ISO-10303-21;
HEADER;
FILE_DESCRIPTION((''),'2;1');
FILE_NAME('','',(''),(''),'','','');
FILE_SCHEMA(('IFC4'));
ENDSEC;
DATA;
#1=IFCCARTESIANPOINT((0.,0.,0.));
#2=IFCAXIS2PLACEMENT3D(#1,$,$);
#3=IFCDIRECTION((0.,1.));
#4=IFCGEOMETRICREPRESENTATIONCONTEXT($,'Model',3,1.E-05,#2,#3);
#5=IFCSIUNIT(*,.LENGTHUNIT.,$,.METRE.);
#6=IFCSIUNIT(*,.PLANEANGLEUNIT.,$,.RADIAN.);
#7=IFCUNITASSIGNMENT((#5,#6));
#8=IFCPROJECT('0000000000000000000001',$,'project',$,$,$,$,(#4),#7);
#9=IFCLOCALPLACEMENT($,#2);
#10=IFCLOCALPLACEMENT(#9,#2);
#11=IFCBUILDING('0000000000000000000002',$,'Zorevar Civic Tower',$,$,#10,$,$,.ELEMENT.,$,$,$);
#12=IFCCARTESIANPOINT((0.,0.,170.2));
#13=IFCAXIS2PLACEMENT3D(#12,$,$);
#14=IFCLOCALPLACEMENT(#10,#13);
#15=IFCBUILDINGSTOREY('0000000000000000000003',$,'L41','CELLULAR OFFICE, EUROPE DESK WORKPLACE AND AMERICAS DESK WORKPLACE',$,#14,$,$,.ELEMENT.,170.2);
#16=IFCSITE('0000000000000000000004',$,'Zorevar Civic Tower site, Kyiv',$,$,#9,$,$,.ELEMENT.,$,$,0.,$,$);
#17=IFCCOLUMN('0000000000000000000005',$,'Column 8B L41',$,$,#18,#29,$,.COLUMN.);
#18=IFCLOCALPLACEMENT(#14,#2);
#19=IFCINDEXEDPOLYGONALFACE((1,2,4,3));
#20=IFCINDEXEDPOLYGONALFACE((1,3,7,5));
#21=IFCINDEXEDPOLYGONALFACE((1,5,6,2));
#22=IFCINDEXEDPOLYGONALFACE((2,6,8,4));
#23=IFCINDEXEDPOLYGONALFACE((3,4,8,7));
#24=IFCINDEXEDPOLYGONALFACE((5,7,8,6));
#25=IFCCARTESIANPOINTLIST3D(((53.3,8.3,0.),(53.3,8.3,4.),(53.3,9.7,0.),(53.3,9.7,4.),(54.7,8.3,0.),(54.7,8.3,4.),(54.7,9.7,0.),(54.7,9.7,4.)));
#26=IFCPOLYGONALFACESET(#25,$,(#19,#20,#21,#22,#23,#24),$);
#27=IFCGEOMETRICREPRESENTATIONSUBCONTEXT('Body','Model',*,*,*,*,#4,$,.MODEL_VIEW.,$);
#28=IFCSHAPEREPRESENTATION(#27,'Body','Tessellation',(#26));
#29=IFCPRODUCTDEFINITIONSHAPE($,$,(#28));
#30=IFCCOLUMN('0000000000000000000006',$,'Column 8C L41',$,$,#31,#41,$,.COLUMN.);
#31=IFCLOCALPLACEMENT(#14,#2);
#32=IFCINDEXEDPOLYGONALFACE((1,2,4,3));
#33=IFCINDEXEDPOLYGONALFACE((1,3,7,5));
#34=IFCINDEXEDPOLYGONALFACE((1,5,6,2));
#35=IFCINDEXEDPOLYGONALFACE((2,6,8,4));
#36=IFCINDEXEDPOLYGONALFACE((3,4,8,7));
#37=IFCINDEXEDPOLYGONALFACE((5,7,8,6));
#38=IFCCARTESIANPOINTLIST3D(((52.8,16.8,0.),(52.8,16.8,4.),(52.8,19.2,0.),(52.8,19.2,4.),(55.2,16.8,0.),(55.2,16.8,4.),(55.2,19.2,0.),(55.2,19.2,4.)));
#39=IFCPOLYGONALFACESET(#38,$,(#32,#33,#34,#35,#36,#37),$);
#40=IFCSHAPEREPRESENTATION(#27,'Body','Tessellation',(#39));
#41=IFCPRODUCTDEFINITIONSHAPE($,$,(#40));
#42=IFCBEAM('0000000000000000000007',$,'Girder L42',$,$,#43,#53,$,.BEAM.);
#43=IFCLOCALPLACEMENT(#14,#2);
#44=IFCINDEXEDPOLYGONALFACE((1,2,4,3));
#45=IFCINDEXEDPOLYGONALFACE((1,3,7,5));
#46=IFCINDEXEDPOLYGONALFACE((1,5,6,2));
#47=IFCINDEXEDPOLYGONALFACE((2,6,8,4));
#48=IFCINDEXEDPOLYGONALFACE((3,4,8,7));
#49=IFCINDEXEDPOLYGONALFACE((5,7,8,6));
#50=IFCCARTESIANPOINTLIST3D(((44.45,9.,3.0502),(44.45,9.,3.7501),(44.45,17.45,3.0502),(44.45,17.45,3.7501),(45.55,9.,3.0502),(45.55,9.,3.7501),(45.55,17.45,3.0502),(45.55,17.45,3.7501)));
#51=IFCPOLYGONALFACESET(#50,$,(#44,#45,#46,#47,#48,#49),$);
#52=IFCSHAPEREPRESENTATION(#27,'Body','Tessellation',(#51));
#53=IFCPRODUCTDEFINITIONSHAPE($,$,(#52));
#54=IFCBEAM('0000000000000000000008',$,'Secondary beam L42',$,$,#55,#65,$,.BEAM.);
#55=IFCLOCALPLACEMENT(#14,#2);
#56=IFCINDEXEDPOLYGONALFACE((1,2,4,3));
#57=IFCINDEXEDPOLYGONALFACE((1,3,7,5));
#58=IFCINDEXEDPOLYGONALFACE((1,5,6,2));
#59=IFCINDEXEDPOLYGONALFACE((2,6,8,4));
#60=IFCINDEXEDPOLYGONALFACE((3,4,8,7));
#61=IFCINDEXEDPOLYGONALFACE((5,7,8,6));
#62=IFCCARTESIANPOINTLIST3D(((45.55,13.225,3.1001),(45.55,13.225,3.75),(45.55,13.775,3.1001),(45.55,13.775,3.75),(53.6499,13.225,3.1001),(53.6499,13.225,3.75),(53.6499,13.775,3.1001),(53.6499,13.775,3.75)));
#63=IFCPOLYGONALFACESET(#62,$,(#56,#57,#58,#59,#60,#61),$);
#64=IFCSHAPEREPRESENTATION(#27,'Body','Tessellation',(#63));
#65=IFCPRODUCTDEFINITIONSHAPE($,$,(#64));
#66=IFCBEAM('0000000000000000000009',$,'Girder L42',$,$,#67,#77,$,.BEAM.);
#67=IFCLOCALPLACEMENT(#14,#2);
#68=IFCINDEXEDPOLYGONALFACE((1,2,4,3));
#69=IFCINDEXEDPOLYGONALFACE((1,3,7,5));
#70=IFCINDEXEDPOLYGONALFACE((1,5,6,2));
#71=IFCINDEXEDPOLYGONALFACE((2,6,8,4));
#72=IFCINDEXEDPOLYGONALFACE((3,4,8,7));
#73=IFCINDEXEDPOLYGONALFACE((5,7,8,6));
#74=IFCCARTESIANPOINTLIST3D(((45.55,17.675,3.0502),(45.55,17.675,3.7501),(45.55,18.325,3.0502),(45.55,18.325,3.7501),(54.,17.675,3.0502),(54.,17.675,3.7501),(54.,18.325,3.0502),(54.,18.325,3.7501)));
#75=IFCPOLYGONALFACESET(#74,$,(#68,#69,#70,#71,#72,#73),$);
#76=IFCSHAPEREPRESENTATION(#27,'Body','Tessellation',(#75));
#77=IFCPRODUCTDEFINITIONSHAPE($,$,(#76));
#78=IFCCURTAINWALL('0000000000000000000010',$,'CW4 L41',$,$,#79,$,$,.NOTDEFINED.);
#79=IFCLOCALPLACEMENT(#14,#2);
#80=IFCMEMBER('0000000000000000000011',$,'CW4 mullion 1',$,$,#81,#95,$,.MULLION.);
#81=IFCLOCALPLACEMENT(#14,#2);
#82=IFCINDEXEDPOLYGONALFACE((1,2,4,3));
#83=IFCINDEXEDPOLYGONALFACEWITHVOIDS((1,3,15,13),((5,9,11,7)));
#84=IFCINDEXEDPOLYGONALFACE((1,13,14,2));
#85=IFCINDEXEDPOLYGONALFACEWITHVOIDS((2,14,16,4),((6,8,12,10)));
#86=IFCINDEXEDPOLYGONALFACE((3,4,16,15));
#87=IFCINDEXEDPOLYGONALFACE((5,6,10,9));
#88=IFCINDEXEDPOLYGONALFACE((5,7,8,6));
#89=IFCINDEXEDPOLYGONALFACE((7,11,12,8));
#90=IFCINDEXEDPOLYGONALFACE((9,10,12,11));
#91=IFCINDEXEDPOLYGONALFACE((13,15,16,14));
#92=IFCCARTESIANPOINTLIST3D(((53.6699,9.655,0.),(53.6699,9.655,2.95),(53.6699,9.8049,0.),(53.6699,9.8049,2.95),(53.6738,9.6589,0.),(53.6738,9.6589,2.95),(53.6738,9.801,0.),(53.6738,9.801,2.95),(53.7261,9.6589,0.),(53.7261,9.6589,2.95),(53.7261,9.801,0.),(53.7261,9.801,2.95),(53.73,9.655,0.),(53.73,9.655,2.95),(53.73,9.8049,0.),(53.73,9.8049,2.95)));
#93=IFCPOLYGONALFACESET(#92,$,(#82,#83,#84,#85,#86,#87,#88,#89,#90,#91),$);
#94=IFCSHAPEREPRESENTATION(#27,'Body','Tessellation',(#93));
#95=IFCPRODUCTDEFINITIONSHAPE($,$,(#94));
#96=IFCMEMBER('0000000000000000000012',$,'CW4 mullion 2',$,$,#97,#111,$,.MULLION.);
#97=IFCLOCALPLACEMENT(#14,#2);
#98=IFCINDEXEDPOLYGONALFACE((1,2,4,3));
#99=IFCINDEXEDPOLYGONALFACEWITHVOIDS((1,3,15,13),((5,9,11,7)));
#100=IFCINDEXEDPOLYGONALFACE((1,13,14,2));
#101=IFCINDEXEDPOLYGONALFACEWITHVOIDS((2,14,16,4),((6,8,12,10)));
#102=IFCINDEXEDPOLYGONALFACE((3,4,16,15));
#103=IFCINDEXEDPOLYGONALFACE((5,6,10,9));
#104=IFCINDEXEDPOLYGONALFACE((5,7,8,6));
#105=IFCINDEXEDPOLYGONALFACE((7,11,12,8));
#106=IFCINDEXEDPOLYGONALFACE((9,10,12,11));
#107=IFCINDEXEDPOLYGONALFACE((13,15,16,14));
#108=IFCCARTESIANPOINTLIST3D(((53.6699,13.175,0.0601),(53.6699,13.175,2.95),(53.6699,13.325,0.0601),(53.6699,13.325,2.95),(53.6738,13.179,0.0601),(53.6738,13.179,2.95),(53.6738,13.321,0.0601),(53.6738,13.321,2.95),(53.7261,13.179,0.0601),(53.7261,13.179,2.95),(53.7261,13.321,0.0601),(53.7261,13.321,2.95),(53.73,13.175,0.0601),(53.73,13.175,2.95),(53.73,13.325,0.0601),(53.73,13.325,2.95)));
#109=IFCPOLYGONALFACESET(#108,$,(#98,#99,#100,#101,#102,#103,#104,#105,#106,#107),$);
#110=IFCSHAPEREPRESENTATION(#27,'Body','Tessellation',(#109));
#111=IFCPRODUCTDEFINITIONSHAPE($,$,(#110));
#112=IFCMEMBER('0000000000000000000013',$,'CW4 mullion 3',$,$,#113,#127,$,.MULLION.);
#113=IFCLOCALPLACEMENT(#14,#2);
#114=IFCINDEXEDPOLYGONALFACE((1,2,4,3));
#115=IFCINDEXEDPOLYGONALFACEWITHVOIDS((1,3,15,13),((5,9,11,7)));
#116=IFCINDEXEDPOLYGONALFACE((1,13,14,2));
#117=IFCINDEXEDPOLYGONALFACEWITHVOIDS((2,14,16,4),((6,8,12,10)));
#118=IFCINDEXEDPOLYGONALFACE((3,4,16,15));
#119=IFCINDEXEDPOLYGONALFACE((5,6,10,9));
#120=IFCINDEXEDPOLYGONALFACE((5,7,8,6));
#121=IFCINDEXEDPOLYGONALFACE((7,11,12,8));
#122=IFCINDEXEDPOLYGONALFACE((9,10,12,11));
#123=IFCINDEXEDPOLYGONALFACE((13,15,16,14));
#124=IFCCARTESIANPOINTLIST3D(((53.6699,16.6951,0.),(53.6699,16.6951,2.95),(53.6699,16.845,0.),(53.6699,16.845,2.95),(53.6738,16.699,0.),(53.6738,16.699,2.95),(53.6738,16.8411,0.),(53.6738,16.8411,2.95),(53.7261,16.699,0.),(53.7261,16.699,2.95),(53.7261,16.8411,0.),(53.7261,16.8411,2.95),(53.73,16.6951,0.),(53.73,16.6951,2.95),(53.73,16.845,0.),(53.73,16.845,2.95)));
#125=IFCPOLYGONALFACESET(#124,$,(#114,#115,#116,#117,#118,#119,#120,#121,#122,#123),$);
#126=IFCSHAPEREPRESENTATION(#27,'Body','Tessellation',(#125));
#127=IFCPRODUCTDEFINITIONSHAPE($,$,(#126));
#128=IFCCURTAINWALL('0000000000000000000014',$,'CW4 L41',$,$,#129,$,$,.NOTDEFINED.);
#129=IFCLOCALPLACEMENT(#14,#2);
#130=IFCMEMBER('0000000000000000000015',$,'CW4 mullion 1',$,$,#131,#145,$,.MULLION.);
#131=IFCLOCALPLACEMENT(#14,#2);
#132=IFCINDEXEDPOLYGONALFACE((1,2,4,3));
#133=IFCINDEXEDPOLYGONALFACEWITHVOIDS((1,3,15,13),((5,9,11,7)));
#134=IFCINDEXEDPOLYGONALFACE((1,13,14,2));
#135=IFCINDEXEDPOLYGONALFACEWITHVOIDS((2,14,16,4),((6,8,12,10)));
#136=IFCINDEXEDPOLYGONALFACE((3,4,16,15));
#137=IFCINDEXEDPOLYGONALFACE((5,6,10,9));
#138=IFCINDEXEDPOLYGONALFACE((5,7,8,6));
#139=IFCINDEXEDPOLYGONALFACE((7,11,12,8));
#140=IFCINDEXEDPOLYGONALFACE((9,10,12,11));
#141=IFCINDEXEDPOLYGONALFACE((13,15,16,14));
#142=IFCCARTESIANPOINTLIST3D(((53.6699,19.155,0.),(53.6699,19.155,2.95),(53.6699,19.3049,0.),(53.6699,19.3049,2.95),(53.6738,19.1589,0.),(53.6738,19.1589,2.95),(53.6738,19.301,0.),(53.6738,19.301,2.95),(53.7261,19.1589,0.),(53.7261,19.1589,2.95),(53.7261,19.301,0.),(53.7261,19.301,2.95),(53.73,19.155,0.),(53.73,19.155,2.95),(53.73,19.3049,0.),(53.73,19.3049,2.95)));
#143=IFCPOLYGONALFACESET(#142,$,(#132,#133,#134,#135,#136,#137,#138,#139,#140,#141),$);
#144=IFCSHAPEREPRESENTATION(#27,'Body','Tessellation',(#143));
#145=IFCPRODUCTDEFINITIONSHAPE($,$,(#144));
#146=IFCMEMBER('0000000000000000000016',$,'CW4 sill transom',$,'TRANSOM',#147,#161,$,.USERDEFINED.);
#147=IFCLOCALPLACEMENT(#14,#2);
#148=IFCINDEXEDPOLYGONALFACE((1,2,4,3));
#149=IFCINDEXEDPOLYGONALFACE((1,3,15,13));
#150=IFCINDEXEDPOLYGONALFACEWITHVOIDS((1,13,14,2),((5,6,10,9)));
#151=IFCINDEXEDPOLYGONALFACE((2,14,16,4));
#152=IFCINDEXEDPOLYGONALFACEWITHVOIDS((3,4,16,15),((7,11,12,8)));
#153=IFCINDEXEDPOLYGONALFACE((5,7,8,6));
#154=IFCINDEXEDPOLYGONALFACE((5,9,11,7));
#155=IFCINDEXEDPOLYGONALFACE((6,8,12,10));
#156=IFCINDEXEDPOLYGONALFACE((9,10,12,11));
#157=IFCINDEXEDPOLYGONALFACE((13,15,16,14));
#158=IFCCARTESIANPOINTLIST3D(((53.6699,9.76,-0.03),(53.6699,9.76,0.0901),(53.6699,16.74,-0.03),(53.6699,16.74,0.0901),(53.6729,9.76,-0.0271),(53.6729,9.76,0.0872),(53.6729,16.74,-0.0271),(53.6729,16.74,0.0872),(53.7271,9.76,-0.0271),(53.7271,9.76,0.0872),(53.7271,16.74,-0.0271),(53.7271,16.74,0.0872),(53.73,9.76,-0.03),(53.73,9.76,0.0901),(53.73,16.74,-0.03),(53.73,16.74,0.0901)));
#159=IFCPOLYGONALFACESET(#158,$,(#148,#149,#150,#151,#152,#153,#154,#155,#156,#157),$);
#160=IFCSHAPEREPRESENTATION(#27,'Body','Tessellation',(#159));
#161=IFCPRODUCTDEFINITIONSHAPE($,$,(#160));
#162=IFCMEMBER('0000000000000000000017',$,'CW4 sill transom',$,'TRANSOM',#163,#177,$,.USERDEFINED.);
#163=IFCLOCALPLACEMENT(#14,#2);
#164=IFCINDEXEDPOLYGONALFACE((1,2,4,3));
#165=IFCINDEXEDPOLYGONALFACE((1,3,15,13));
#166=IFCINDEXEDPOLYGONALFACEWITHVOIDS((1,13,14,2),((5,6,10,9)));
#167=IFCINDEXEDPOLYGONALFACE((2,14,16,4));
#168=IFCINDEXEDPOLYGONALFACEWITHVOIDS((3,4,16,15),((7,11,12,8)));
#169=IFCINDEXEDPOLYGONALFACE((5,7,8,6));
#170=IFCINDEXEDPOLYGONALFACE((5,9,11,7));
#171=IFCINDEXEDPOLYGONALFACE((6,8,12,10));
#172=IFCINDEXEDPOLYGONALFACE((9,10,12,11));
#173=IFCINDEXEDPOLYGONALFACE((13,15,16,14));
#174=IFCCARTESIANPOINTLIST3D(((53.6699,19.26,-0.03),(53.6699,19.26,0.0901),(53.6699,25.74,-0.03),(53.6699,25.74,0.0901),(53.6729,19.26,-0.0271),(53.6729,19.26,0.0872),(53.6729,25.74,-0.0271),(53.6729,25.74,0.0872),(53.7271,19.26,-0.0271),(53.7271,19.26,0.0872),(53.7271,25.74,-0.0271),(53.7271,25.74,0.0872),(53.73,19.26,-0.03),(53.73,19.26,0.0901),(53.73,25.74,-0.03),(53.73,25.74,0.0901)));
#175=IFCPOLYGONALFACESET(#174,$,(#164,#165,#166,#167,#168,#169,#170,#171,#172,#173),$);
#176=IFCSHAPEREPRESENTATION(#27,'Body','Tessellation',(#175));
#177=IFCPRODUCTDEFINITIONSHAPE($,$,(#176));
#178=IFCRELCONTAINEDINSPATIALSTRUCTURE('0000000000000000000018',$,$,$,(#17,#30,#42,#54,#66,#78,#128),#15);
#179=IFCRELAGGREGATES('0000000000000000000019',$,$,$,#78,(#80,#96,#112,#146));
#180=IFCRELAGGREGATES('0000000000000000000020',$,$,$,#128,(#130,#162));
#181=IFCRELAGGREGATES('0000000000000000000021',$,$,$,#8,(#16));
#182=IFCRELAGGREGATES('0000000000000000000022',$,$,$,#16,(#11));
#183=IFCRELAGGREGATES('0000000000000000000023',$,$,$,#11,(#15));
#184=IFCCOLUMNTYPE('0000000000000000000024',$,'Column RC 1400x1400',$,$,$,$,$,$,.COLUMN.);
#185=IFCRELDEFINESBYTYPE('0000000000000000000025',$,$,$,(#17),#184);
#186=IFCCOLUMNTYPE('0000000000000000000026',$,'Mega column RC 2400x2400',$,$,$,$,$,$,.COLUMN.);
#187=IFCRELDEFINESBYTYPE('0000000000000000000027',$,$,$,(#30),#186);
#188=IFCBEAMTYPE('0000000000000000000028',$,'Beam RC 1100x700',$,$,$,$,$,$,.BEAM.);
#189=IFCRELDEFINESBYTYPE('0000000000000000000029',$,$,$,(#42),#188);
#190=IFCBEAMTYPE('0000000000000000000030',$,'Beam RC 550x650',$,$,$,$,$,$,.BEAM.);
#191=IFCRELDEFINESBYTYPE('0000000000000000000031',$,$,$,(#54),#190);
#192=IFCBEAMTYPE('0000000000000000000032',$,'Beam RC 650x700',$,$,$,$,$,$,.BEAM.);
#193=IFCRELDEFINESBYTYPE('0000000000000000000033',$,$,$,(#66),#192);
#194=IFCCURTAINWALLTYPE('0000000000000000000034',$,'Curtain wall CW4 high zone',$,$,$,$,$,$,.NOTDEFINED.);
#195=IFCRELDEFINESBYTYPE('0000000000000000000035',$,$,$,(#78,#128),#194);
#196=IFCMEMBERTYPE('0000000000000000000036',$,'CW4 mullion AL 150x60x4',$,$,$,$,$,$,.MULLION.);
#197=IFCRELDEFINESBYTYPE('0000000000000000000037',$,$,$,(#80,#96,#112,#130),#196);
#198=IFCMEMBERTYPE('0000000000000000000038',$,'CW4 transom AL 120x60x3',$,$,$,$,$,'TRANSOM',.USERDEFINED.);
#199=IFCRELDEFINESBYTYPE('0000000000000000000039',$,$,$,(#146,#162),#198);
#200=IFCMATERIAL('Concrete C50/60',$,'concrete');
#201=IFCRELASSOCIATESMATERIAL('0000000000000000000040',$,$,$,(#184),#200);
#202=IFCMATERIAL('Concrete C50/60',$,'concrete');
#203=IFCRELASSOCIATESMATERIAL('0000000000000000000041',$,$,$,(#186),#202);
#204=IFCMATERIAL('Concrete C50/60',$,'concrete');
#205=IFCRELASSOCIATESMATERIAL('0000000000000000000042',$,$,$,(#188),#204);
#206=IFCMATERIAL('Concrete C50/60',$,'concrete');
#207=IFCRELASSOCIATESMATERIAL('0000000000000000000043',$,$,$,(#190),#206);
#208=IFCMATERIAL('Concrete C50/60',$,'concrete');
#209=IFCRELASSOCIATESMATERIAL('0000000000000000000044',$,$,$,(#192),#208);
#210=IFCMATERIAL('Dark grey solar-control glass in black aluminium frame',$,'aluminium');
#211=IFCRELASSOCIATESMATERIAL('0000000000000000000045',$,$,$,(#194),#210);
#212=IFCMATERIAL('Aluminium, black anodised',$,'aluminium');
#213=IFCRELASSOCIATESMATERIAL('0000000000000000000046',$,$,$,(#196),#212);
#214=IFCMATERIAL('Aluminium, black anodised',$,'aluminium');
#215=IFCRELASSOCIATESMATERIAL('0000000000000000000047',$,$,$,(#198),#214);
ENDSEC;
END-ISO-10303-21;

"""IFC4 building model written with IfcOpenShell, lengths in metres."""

from ifc_helpers import new_model, si_unit, direction, frame, origin, origin_2d, place, context, subcontext, project, spatial, rectangle, hollow_rectangle, extrude, material, material_profile, profile_set, type_object, element, aggregate, save


model = new_model("IFC4")

# Units and contexts
model_context = context("Model", 3, precision=1e-05, world=origin(), true_north=direction((0.0, 1.0)))
body_context = subcontext(model_context, "Body", "Model", "MODEL_VIEW")
ifc_project = project(units=[si_unit("LENGTHUNIT", "METRE"), si_unit("PLANEANGLEUNIT", "RADIAN")], contexts=[model_context])

# Site, building, storey
site_placement = place(None, origin())
site = spatial("IfcSite", under=ifc_project, at=site_placement, Name="Zorevar Civic Tower site, Kyiv", CompositionType="ELEMENT", RefElevation=0.0)
building_placement = place(site_placement, origin())
building = spatial("IfcBuilding", under=site, at=building_placement, Name="Zorevar Civic Tower", CompositionType="ELEMENT")
storey_placement = place(building_placement, frame((0.0, 0.0, 170.2)))
storey = spatial("IfcBuildingStorey", under=building, at=storey_placement, Name="L41", Description="CELLULAR OFFICE, EUROPE DESK WORKPLACE AND AMERICAS DESK WORKPLACE", CompositionType="ELEMENT", Elevation=170.2)

# Columns
ifc_material_1 = material(Name="Concrete C50/60", Category="concrete")
ifc_material_profile_1 = material_profile(ifc_material_1, rectangle(XDim=1.3999, YDim=1.3999, at=origin_2d()), Name="RC 1400x1400")
ifc_profile_set_1 = profile_set([ifc_material_profile_1], Name="Concrete C50/60")
column_type_1 = type_object("IfcColumnType", Name="Column RC 1400x1400", PredefinedType="COLUMN", material=ifc_profile_set_1)
column_1_placement = place(storey_placement, frame((54.0, 9.0, 0.0), z_axis=(0.0, 0.0, 1.0), x_axis=(1.0, 0.0, 0.0)))
element("IfcColumn", 1, at=column_1_placement, inside=storey, type_object=column_type_1, Name="Column 8B L41", PredefinedType="COLUMN", context=body_context, shape_type="SweptSolid", body=[
    extrude(rectangle(XDim=1.3999, YDim=1.3999, at=origin_2d()), origin(), (0.0, 0.0, 1.0), 4.0),
])
ifc_material_2 = material(Name="Concrete C50/60", Category="concrete")
ifc_material_profile_2 = material_profile(ifc_material_2, rectangle(XDim=2.3999, YDim=2.3999, at=origin_2d()), Name="RC 2400x2400")
ifc_profile_set_2 = profile_set([ifc_material_profile_2], Name="Concrete C50/60")
column_type_2 = type_object("IfcColumnType", Name="Mega column RC 2400x2400", PredefinedType="COLUMN", material=ifc_profile_set_2)
column_2_placement = place(storey_placement, frame((54.0, 18.0, 0.0), z_axis=(0.0, 0.0, 1.0), x_axis=(1.0, 0.0, 0.0)))
element("IfcColumn", 2, at=column_2_placement, inside=storey, type_object=column_type_2, Name="Column 8C L41", PredefinedType="COLUMN", context=body_context, shape_type="SweptSolid", body=[
    extrude(rectangle(XDim=2.3999, YDim=2.3999, at=origin_2d()), origin(), (0.0, 0.0, 1.0), 4.0),
])

# Beams
ifc_material_3 = material(Name="Concrete C50/60", Category="concrete")
ifc_material_profile_3 = material_profile(ifc_material_3, rectangle(XDim=1.1001, YDim=0.7, at=origin_2d()), Name="RC 1100x700")
ifc_profile_set_3 = profile_set([ifc_material_profile_3], Name="Concrete C50/60")
beam_type_1 = type_object("IfcBeamType", Name="Beam RC 1100x700", PredefinedType="BEAM", material=ifc_profile_set_3)
beam_1_placement = place(storey_placement, frame((45.0, 9.0, 3.4001), z_axis=(0.0, 1.0, 0.0), x_axis=(-1.0, 0.0, 0.0)))
element("IfcBeam", 3, at=beam_1_placement, inside=storey, type_object=beam_type_1, Name="Girder L42", PredefinedType="BEAM", context=body_context, shape_type="SweptSolid", body=[
    extrude(rectangle(XDim=1.1001, YDim=0.7, at=origin_2d()), origin(), (0.0, 0.0, 1.0), 8.45),
])
ifc_material_4 = material(Name="Concrete C50/60", Category="concrete")
ifc_material_profile_4 = material_profile(ifc_material_4, rectangle(XDim=0.55, YDim=0.6499, at=origin_2d()), Name="RC 550x650")
ifc_profile_set_4 = profile_set([ifc_material_profile_4], Name="Concrete C50/60")
beam_type_2 = type_object("IfcBeamType", Name="Beam RC 550x650", PredefinedType="BEAM", material=ifc_profile_set_4)
beam_2_placement = place(storey_placement, frame((45.55, 13.5, 3.425), z_axis=(1.0, 0.0, 0.0), x_axis=(0.0, 1.0, 0.0)))
element("IfcBeam", 4, at=beam_2_placement, inside=storey, type_object=beam_type_2, Name="Secondary beam L42", PredefinedType="BEAM", context=body_context, shape_type="SweptSolid", body=[
    extrude(rectangle(XDim=0.55, YDim=0.6499, at=origin_2d()), origin(), (0.0, 0.0, 1.0), 8.0999),
])
ifc_material_5 = material(Name="Concrete C50/60", Category="concrete")
ifc_material_profile_5 = material_profile(ifc_material_5, rectangle(XDim=0.6499, YDim=0.7, at=origin_2d()), Name="RC 650x700")
ifc_profile_set_5 = profile_set([ifc_material_profile_5], Name="Concrete C50/60")
beam_type_3 = type_object("IfcBeamType", Name="Beam RC 650x700", PredefinedType="BEAM", material=ifc_profile_set_5)
beam_3_placement = place(storey_placement, frame((45.55, 18.0, 3.4001), z_axis=(1.0, 0.0, 0.0), x_axis=(0.0, 1.0, 0.0)))
element("IfcBeam", 5, at=beam_3_placement, inside=storey, type_object=beam_type_3, Name="Girder L42", PredefinedType="BEAM", context=body_context, shape_type="SweptSolid", body=[
    extrude(rectangle(XDim=0.6499, YDim=0.7, at=origin_2d()), origin(), (0.0, 0.0, 1.0), 8.45),
])

# Curtain wall, members
ifc_material_6 = material(Name="Dark grey solar-control glass in black aluminium frame", Category="aluminium")
curtain_wall_type = type_object("IfcCurtainWallType", Name="Curtain wall CW4 high zone", PredefinedType="NOTDEFINED", material=ifc_material_6)
curtain_wall_1_placement = place(storey_placement, origin())
curtain_wall_1 = element("IfcCurtainWall", 6, at=curtain_wall_1_placement, inside=storey, type_object=curtain_wall_type, Name="CW4 L41", PredefinedType="NOTDEFINED")
ifc_material_7 = material(Name="Aluminium, black anodised", Category="aluminium")
ifc_material_profile_6 = material_profile(ifc_material_7, hollow_rectangle(XDim=0.0601, YDim=0.1499, WallThickness=0.0039, at=origin_2d()), Name="AL 150x60x4")
ifc_profile_set_6 = profile_set([ifc_material_profile_6], Name="Aluminium, black anodised")
member_type_1 = type_object("IfcMemberType", Name="CW4 mullion AL 150x60x4", PredefinedType="MULLION", material=ifc_profile_set_6)
member_1_placement = place(storey_placement, frame((53.7, 9.73, 0.0), z_axis=(0.0, 0.0, 1.0), x_axis=(-1.0, 0.0, 0.0)))
member_1 = element("IfcMember", 7, at=member_1_placement, type_object=member_type_1, Name="CW4 mullion 1", PredefinedType="MULLION", context=body_context, shape_type="SweptSolid", body=[
    extrude(hollow_rectangle(XDim=0.0601, YDim=0.1499, WallThickness=0.0039, at=origin_2d()), origin(), (0.0, 0.0, 1.0), 2.95),
])
member_2_placement = place(storey_placement, frame((53.7, 13.25, 0.0601), z_axis=(0.0, 0.0, 1.0), x_axis=(-1.0, 0.0, 0.0)))
member_2 = element("IfcMember", 8, at=member_2_placement, type_object=member_type_1, Name="CW4 mullion 2", PredefinedType="MULLION", context=body_context, shape_type="SweptSolid", body=[
    extrude(hollow_rectangle(XDim=0.0601, YDim=0.1499, WallThickness=0.0039, at=origin_2d()), origin(), (0.0, 0.0, 1.0), 2.8899),
])
member_3_placement = place(storey_placement, frame((53.7, 16.77, 0.0), z_axis=(0.0, 0.0, 1.0), x_axis=(-1.0, 0.0, 0.0)))
member_3 = element("IfcMember", 9, at=member_3_placement, type_object=member_type_1, Name="CW4 mullion 3", PredefinedType="MULLION", context=body_context, shape_type="SweptSolid", body=[
    extrude(hollow_rectangle(XDim=0.0601, YDim=0.1499, WallThickness=0.0039, at=origin_2d()), origin(), (0.0, 0.0, 1.0), 2.95),
])

# Curtain wall, member
curtain_wall_2_placement = place(storey_placement, origin())
curtain_wall_2 = element("IfcCurtainWall", 10, at=curtain_wall_2_placement, inside=storey, type_object=curtain_wall_type, Name="CW4 L41", PredefinedType="NOTDEFINED")
member_4_placement = place(storey_placement, frame((53.7, 19.23, 0.0), z_axis=(0.0, 0.0, 1.0), x_axis=(-1.0, 0.0, 0.0)))
member_4 = element("IfcMember", 11, at=member_4_placement, type_object=member_type_1, Name="CW4 mullion 1", PredefinedType="MULLION", context=body_context, shape_type="SweptSolid", body=[
    extrude(hollow_rectangle(XDim=0.0601, YDim=0.1499, WallThickness=0.0039, at=origin_2d()), origin(), (0.0, 0.0, 1.0), 2.95),
])

# Members
ifc_material_8 = material(Name="Aluminium, black anodised", Category="aluminium")
ifc_material_profile_7 = material_profile(ifc_material_8, hollow_rectangle(XDim=0.0601, YDim=0.1201, WallThickness=0.0029, at=origin_2d()), Name="AL 120x60x3")
ifc_profile_set_7 = profile_set([ifc_material_profile_7], Name="Aluminium, black anodised")
member_type_2 = type_object("IfcMemberType", Name="CW4 transom AL 120x60x3", ElementType="TRANSOM", PredefinedType="USERDEFINED", material=ifc_profile_set_7)
member_5_placement = place(storey_placement, frame((53.7, 9.76, 0.03), z_axis=(0.0, 1.0, 0.0), x_axis=(-1.0, 0.0, 0.0)))
member_5 = element("IfcMember", 12, at=member_5_placement, type_object=member_type_2, Name="CW4 sill transom", ObjectType="TRANSOM", PredefinedType="USERDEFINED", context=body_context, shape_type="SweptSolid", body=[
    extrude(hollow_rectangle(XDim=0.0601, YDim=0.1201, WallThickness=0.0029, at=origin_2d()), origin(), (0.0, 0.0, 1.0), 6.98),
])
member_6_placement = place(storey_placement, frame((53.7, 19.26, 0.03), z_axis=(0.0, 1.0, 0.0), x_axis=(-1.0, 0.0, 0.0)))
member_6 = element("IfcMember", 13, at=member_6_placement, type_object=member_type_2, Name="CW4 sill transom", ObjectType="TRANSOM", PredefinedType="USERDEFINED", context=body_context, shape_type="SweptSolid", body=[
    extrude(hollow_rectangle(XDim=0.0601, YDim=0.1201, WallThickness=0.0029, at=origin_2d()), origin(), (0.0, 0.0, 1.0), 6.48),
])

aggregate(curtain_wall_1, [member_1, member_2, member_3, member_5])
aggregate(curtain_wall_2, [member_4, member_6])

save(model, "model.ifc")
